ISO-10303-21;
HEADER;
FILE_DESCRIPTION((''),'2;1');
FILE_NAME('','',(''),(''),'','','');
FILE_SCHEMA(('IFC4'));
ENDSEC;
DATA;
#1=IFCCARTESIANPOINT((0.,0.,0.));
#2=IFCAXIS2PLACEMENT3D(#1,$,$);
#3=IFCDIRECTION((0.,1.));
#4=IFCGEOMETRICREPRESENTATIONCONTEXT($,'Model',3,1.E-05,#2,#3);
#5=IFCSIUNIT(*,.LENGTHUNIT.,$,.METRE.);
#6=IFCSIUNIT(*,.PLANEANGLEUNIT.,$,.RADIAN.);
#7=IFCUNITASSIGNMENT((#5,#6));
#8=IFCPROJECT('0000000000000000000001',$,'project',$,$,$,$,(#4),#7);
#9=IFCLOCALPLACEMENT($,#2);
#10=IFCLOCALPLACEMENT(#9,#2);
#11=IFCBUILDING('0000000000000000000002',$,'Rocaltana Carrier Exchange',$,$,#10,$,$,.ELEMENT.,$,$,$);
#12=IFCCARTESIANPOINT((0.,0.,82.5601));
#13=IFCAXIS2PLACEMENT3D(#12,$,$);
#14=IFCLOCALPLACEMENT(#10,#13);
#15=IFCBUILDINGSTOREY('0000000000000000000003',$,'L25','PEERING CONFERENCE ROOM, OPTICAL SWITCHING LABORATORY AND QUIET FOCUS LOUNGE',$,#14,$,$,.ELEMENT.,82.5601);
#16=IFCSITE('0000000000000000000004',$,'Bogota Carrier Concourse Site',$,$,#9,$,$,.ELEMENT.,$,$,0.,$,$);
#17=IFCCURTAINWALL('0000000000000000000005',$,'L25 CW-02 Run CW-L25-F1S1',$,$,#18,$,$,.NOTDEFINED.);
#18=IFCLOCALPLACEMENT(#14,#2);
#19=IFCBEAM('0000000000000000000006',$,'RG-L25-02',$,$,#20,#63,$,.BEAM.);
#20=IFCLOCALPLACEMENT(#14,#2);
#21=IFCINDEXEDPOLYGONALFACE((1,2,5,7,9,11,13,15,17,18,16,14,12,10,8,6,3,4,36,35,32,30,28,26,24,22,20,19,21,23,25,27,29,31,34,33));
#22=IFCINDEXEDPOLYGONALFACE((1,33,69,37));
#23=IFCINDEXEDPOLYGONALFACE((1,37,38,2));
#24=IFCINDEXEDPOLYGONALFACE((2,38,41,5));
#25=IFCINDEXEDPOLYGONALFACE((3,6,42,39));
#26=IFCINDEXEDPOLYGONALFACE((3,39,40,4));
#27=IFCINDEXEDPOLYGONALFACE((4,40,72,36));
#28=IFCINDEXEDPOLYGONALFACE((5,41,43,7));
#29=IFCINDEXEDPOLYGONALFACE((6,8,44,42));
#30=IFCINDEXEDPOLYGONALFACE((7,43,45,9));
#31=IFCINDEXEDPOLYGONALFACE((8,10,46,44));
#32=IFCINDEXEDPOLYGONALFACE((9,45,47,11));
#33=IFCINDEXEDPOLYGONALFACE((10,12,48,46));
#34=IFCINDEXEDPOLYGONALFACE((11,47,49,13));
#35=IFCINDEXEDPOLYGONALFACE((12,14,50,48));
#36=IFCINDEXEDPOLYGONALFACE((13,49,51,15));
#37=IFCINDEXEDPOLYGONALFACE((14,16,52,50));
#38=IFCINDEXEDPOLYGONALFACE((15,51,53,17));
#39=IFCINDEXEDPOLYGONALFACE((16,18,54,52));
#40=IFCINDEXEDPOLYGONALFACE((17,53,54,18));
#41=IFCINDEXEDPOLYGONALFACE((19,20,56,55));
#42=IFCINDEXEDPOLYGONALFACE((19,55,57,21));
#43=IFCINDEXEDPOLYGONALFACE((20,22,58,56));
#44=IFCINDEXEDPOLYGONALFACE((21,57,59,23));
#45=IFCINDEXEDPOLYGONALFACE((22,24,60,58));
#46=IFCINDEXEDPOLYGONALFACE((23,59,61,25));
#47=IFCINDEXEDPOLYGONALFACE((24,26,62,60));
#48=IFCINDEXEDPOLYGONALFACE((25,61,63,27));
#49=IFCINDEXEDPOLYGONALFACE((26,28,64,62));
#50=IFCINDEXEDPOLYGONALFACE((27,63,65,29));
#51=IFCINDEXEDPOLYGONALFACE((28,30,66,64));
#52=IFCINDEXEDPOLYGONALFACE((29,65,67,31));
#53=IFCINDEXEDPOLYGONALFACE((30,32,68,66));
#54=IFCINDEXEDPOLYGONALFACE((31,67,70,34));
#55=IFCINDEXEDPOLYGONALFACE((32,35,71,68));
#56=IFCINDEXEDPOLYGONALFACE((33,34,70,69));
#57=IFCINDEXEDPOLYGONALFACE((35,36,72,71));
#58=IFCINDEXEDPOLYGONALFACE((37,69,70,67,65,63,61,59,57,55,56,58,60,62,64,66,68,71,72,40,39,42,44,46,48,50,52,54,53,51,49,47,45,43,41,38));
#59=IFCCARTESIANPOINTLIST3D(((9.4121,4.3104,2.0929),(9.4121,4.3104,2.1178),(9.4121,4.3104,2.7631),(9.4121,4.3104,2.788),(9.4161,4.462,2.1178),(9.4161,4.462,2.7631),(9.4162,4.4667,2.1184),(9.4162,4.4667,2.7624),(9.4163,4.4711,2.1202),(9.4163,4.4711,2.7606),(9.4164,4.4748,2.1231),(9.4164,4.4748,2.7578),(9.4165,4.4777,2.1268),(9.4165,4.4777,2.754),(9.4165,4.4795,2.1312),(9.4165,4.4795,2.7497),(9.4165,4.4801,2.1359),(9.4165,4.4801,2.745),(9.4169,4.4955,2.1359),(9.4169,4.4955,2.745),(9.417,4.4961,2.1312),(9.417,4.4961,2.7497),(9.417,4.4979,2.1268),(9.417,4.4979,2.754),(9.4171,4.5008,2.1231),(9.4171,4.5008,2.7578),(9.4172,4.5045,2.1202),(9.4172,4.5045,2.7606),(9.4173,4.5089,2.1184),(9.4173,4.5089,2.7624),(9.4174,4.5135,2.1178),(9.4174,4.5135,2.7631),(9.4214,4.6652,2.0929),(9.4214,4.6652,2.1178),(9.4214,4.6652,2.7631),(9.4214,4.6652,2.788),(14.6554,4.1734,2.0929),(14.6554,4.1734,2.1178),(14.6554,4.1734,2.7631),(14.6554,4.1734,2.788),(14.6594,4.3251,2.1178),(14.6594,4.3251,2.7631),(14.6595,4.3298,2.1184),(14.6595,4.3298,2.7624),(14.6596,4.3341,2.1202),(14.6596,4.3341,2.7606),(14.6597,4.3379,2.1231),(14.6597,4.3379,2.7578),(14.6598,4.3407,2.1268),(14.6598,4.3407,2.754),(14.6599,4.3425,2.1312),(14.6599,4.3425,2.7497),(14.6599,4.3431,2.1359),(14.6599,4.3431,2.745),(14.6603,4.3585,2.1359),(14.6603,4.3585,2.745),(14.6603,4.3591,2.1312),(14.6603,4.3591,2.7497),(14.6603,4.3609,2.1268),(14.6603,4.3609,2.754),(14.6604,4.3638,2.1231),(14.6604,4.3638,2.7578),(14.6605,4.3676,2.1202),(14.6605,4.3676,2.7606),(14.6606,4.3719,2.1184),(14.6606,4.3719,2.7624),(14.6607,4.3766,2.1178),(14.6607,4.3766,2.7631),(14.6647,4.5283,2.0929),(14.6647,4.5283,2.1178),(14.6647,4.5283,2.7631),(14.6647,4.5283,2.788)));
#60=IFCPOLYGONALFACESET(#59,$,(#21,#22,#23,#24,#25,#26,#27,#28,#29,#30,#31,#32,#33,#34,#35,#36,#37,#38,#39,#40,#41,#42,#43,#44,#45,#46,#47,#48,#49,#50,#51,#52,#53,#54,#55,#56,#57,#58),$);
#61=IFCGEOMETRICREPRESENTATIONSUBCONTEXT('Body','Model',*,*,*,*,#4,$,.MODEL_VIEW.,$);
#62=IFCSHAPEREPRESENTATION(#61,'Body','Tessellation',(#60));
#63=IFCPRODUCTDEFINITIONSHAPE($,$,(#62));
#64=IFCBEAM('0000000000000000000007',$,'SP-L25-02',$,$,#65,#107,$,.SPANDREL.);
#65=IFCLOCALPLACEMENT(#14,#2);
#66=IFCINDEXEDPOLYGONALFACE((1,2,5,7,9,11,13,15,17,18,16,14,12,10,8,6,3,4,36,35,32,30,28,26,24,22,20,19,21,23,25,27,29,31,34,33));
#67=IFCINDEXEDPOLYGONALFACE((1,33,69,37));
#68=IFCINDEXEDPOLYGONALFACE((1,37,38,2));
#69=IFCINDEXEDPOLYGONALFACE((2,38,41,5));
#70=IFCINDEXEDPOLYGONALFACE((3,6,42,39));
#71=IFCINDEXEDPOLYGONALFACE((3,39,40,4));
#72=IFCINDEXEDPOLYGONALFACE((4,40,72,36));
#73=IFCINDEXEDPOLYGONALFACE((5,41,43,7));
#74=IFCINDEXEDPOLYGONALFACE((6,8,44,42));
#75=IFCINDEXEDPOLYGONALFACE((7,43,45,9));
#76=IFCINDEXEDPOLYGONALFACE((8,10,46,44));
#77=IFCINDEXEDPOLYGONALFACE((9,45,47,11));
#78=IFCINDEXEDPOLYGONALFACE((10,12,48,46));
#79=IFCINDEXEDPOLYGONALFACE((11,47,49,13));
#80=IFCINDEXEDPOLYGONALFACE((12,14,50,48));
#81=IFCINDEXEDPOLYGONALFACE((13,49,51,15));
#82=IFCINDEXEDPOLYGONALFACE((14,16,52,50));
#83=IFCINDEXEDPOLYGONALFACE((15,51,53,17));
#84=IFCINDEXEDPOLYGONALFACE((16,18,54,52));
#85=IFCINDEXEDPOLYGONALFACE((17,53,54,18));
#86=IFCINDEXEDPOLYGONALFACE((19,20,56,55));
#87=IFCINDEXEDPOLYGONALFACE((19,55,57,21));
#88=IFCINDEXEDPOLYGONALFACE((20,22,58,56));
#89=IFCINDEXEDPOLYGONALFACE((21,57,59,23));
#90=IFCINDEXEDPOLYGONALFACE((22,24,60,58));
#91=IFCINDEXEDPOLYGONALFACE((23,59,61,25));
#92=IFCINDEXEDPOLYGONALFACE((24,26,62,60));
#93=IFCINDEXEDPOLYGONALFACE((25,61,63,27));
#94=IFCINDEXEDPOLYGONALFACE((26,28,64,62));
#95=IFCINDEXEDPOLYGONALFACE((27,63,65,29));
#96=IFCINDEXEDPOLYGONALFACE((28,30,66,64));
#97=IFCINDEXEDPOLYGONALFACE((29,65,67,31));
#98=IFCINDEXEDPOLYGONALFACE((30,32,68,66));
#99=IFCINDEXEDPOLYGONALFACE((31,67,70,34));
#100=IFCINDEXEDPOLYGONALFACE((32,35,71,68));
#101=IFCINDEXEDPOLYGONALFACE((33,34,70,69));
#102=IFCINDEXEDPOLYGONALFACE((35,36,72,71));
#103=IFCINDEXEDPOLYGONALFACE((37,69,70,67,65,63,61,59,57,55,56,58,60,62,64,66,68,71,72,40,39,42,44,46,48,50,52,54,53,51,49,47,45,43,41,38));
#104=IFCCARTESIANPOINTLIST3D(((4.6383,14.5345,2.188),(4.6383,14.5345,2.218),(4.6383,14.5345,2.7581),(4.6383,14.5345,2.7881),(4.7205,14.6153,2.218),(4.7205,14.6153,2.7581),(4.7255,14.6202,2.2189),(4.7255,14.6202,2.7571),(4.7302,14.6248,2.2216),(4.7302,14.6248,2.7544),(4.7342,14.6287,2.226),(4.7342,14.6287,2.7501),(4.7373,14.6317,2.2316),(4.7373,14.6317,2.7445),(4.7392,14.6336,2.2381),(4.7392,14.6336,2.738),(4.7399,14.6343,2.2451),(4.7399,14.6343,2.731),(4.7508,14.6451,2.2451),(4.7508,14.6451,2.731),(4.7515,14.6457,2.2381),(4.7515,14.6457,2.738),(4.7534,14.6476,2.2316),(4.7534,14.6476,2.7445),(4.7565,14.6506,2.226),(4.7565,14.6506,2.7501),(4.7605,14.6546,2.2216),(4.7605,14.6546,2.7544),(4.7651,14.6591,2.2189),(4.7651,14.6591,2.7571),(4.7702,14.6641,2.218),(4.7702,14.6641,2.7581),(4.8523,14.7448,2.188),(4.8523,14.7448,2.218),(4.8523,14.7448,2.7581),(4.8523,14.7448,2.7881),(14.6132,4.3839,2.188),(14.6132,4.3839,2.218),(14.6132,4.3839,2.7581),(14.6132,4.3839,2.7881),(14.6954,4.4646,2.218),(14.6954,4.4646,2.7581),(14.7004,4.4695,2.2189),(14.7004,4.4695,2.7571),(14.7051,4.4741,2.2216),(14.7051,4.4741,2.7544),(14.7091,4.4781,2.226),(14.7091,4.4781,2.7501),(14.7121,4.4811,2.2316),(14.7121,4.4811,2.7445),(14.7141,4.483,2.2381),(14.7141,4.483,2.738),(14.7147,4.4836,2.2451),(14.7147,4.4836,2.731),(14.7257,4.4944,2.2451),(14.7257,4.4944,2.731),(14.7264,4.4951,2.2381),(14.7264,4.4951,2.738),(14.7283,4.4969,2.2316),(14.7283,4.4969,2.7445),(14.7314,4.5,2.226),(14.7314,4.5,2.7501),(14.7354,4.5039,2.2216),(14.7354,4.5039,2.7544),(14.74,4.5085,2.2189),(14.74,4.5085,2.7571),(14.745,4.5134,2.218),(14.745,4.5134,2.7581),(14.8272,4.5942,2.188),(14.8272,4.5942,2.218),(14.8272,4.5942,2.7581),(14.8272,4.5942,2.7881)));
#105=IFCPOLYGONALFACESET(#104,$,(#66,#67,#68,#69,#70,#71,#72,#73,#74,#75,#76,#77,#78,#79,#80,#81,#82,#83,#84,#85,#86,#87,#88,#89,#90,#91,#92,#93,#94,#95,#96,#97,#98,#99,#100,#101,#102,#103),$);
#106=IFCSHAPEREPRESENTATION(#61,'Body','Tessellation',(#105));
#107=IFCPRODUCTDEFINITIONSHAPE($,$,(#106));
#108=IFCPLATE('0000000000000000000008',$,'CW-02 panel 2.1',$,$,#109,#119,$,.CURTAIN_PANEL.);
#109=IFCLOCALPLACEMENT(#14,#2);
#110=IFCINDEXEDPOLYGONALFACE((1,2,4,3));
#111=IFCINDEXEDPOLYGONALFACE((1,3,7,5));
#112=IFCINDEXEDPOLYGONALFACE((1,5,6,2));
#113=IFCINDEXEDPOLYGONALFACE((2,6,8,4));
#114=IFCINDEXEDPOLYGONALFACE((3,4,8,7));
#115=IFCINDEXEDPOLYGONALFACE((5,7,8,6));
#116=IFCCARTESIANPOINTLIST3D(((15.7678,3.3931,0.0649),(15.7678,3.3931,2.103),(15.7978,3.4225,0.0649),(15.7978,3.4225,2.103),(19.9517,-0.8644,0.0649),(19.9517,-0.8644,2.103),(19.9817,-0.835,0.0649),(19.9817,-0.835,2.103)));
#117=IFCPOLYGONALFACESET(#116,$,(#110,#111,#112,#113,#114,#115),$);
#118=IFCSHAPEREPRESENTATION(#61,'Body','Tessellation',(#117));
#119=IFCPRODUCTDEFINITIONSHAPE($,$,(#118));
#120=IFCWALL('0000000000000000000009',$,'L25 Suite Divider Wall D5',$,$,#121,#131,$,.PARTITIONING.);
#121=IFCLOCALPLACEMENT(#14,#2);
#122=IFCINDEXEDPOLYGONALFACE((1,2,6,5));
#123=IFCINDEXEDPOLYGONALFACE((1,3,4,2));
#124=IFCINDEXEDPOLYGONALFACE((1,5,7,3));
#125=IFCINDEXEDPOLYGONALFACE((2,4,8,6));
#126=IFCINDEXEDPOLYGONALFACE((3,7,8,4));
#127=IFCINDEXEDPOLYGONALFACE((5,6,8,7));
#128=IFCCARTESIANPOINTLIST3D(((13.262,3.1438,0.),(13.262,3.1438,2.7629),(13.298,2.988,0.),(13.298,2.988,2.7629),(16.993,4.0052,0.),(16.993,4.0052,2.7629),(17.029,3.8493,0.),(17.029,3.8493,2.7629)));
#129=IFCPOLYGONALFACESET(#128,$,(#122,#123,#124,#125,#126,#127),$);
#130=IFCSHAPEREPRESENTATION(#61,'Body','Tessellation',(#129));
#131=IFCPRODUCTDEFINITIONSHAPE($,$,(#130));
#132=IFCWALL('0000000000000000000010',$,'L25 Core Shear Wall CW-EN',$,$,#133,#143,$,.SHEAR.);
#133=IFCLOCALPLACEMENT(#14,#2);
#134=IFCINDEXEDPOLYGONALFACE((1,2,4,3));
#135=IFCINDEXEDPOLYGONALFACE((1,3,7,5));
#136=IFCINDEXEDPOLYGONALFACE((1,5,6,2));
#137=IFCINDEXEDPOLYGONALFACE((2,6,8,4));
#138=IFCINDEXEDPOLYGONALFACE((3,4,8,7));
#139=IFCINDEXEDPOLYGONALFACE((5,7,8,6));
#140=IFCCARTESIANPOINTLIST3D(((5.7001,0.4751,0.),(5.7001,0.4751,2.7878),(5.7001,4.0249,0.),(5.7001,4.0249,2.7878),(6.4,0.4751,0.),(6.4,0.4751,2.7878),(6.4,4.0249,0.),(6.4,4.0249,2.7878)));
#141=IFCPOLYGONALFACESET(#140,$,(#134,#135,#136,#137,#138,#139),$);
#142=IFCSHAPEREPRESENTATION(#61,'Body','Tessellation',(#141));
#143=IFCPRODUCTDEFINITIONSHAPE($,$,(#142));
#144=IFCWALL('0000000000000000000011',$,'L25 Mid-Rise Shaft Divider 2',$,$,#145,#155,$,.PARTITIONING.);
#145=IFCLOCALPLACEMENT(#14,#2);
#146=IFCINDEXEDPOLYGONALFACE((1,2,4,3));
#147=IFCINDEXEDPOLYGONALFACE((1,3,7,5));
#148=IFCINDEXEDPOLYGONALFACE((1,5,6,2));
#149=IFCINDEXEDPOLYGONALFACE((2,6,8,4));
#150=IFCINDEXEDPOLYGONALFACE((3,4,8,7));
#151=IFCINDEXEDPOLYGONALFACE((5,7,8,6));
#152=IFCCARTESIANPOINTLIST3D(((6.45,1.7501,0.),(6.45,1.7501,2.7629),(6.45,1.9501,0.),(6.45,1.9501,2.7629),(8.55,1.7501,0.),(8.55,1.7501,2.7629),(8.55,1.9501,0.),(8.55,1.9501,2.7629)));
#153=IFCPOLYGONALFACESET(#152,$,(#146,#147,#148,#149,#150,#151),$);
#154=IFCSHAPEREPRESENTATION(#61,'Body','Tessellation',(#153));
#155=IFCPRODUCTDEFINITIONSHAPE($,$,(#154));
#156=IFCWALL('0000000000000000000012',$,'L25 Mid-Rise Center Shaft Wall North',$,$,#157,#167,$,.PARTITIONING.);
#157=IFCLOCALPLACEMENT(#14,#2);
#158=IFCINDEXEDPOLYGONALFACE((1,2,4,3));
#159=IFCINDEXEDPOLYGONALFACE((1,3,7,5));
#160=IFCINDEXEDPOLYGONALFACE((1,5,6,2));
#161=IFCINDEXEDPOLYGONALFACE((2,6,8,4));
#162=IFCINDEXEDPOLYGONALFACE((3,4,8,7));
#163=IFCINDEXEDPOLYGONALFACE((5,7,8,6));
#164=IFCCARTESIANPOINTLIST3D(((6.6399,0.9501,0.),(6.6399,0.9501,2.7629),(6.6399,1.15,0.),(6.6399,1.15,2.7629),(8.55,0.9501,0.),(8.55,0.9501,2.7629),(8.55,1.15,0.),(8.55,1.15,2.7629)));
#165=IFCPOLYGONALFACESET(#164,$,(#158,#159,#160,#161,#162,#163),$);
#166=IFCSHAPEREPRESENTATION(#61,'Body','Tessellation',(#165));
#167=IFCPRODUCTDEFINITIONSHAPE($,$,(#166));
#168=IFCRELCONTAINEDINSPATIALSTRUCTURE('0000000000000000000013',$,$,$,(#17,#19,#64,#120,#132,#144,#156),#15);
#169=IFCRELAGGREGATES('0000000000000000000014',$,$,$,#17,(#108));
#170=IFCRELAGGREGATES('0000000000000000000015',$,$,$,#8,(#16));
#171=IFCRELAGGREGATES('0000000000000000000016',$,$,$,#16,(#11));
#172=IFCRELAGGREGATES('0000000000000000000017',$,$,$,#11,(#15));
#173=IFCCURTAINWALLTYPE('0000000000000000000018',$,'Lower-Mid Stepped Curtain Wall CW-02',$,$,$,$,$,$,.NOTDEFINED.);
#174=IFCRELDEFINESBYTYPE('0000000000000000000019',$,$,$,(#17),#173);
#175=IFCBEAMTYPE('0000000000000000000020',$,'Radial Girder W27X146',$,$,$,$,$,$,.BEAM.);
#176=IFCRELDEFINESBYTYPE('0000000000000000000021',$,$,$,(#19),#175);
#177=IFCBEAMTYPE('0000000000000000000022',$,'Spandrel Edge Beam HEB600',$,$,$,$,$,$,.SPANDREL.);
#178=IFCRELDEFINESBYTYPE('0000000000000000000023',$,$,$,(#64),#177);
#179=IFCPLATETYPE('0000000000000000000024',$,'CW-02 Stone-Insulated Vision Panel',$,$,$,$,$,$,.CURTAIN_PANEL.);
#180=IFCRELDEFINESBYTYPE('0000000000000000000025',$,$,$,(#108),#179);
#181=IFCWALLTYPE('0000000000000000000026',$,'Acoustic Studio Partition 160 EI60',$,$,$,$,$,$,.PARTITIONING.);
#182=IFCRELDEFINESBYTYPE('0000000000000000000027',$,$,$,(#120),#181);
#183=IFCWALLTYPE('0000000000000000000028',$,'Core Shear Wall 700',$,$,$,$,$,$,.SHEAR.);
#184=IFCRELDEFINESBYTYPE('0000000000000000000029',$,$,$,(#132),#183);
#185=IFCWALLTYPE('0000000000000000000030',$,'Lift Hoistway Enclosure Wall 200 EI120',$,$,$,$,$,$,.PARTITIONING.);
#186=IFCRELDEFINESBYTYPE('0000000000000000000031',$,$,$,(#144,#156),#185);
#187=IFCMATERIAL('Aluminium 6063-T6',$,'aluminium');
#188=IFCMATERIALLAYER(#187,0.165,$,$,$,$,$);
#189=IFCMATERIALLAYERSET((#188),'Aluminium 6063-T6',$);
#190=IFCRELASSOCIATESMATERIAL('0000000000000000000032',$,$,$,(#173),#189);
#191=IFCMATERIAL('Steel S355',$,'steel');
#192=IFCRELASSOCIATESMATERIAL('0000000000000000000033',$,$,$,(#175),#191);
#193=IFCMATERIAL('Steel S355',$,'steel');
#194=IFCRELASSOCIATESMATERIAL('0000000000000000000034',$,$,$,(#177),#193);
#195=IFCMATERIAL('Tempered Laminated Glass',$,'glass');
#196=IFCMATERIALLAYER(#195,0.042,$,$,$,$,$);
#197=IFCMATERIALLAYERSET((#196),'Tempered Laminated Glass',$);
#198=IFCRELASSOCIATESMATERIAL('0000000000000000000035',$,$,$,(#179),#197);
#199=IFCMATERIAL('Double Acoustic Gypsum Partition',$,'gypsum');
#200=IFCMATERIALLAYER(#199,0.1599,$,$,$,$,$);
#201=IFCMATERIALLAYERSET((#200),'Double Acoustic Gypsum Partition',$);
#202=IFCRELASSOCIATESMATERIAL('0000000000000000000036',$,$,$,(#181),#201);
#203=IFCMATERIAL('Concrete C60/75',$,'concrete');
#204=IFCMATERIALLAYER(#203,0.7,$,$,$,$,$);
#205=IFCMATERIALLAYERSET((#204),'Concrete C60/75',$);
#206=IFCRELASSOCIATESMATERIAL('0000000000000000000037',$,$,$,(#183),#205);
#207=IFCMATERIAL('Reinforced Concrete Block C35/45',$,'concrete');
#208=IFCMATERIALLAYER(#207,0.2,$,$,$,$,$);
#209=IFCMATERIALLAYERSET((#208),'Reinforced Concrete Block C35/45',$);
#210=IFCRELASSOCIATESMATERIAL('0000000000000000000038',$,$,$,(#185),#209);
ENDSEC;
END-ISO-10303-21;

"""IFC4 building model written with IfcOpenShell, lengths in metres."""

from ifc_helpers import new_model, si_unit, direction, frame, frame_2d, origin, origin_2d, place, context, subcontext, project, spatial, rectangle, i_section, extrude, material, layer, layer_set, material_profile, profile_set, type_object, element, aggregate, save


model = new_model("IFC4")

# Units and contexts
model_context = context("Model", 3, precision=1e-05, world=origin(), true_north=direction((0.0, 1.0)))
body_context = subcontext(model_context, "Body", "Model", "MODEL_VIEW")
ifc_project = project(units=[si_unit("LENGTHUNIT", "METRE"), si_unit("PLANEANGLEUNIT", "RADIAN")], contexts=[model_context])

# Site, building, storey
site_placement = place(None, origin())
site = spatial("IfcSite", under=ifc_project, at=site_placement, Name="Bogota Carrier Concourse Site", CompositionType="ELEMENT", RefElevation=0.0)
building_placement = place(site_placement, origin())
building = spatial("IfcBuilding", under=site, at=building_placement, Name="Rocaltana Carrier Exchange", CompositionType="ELEMENT")
storey_placement = place(building_placement, frame((0.0, 0.0, 82.5601)))
storey = spatial("IfcBuildingStorey", under=building, at=storey_placement, Name="L25", Description="PEERING CONFERENCE ROOM, OPTICAL SWITCHING LABORATORY AND QUIET FOCUS LOUNGE", CompositionType="ELEMENT", Elevation=82.5601)

# Curtain wall
ifc_material_1 = material(Name="Aluminium 6063-T6", Category="aluminium")
ifc_layer_1 = layer(ifc_material_1, 0.165)
ifc_layer_set_1 = layer_set([ifc_layer_1], Name="Aluminium 6063-T6")
curtain_wall_type = type_object("IfcCurtainWallType", Name="Lower-Mid Stepped Curtain Wall CW-02", PredefinedType="NOTDEFINED", material=ifc_layer_set_1)
curtain_wall_placement = place(storey_placement, origin())
curtain_wall = element("IfcCurtainWall", 1, at=curtain_wall_placement, inside=storey, type_object=curtain_wall_type, Name="L25 CW-02 Run CW-L25-F1S1", PredefinedType="NOTDEFINED")

# Beams
ifc_material_2 = material(Name="Steel S355", Category="steel")
ifc_material_profile_1 = material_profile(ifc_material_2, i_section(OverallWidth=0.355, OverallDepth=0.6951, WebThickness=0.0154, FlangeThickness=0.0249, FilletRadius=0.0181, at=origin_2d()), Name="W27X146")
ifc_profile_set_1 = profile_set([ifc_material_profile_1], Name="Steel S355")
beam_type_1 = type_object("IfcBeamType", Name="Radial Girder W27X146", PredefinedType="BEAM", material=ifc_profile_set_1)
beam_1_placement = place(storey_placement, frame((9.4167, 4.4878, 2.4404), z_axis=(0.999659, -0.026112, 0.0), x_axis=(0.026112, 0.999659, 0.0)))
element("IfcBeam", 2, at=beam_1_placement, inside=storey, type_object=beam_type_1, Name="RG-L25-02", PredefinedType="BEAM", context=body_context, shape_type="SweptSolid", body=[
    extrude(i_section(OverallWidth=0.355, OverallDepth=0.6951, WebThickness=0.0154, FlangeThickness=0.0249, FilletRadius=0.0181, at=origin_2d()), origin(), (0.0, 0.0, 1.0), 5.2451),
])
ifc_material_3 = material(Name="Steel S355", Category="steel")
ifc_material_profile_2 = material_profile(ifc_material_3, i_section(OverallWidth=0.3, OverallDepth=0.6001, WebThickness=0.0154, FlangeThickness=0.03, FilletRadius=0.0271, at=origin_2d()), Name="HEB600")
ifc_profile_set_2 = profile_set([ifc_material_profile_2], Name="Steel S355")
beam_type_2 = type_object("IfcBeamType", Name="Spandrel Edge Beam HEB600", PredefinedType="SPANDREL", material=ifc_profile_set_2)
beam_2_placement = place(storey_placement, frame((14.7202, 4.489, 2.488), z_axis=(-0.700904, 0.713256, 0.0), x_axis=(-0.713256, -0.700904, 0.0)))
element("IfcBeam", 3, at=beam_2_placement, inside=storey, type_object=beam_type_2, Name="SP-L25-02", PredefinedType="SPANDREL", context=body_context, shape_type="SweptSolid", body=[
    extrude(i_section(OverallWidth=0.3, OverallDepth=0.6001, WebThickness=0.0154, FlangeThickness=0.03, FilletRadius=0.0271, at=origin_2d()), origin(), (0.0, 0.0, 1.0), 14.2314),
])

# Plate
ifc_material_4 = material(Name="Tempered Laminated Glass", Category="glass")
ifc_layer_2 = layer(ifc_material_4, 0.042)
ifc_layer_set_2 = layer_set([ifc_layer_2], Name="Tempered Laminated Glass")
plate_type = type_object("IfcPlateType", Name="CW-02 Stone-Insulated Vision Panel", PredefinedType="CURTAIN_PANEL", material=ifc_layer_set_2)
plate_placement = place(storey_placement, frame((17.8748, 1.2791, 0.0649), z_axis=(0.0, 0.0, 1.0), x_axis=(-0.700915, 0.713245, 0.0)))
plate = element("IfcPlate", 4, at=plate_placement, type_object=plate_type, Name="CW-02 panel 2.1", PredefinedType="CURTAIN_PANEL", context=body_context, shape_type="SweptSolid", body=[
    extrude(rectangle(XDim=5.9692, YDim=0.042, at=origin_2d()), origin(), (0.0, 0.0, 1.0), 2.0381),
])
aggregate(curtain_wall, [plate])

# Walls
ifc_material_5 = material(Name="Double Acoustic Gypsum Partition", Category="gypsum")
ifc_layer_3 = layer(ifc_material_5, 0.1599)
ifc_layer_set_3 = layer_set([ifc_layer_3], Name="Double Acoustic Gypsum Partition")
wall_type_1 = type_object("IfcWallType", Name="Acoustic Studio Partition 160 EI60", PredefinedType="PARTITIONING", material=ifc_layer_set_3)
wall_1_placement = place(storey_placement, frame((13.28, 3.0659, 0.0), z_axis=(0.0, 0.0, 1.0), x_axis=(0.974372, 0.224943, 0.0)))
element("IfcWall", 5, at=wall_1_placement, inside=storey, type_object=wall_type_1, Name="L25 Suite Divider Wall D5", PredefinedType="PARTITIONING", context=body_context, shape_type="SweptSolid", body=[
    extrude(rectangle(XDim=3.8291, YDim=0.1599, at=frame_2d((1.9146, 0.0))), origin(), (0.0, 0.0, 1.0), 2.7629),
])
ifc_material_6 = material(Name="Concrete C60/75", Category="concrete")
ifc_layer_4 = layer(ifc_material_6, 0.7)
ifc_layer_set_4 = layer_set([ifc_layer_4], Name="Concrete C60/75")
wall_type_2 = type_object("IfcWallType", Name="Core Shear Wall 700", PredefinedType="SHEAR", material=ifc_layer_set_4)
wall_2_placement = place(storey_placement, frame((6.05, 0.4751, 0.0), z_axis=(0.0, 0.0, 1.0), x_axis=(0.0, 1.0, 0.0)))
element("IfcWall", 6, at=wall_2_placement, inside=storey, type_object=wall_type_2, Name="L25 Core Shear Wall CW-EN", PredefinedType="SHEAR", context=body_context, shape_type="SweptSolid", body=[
    extrude(rectangle(XDim=3.5498, YDim=0.7, at=frame_2d((1.7749, 0.0))), origin(), (0.0, 0.0, 1.0), 2.7878),
])
ifc_material_7 = material(Name="Reinforced Concrete Block C35/45", Category="concrete")
ifc_layer_5 = layer(ifc_material_7, 0.2)
ifc_layer_set_5 = layer_set([ifc_layer_5], Name="Reinforced Concrete Block C35/45")
wall_type_3 = type_object("IfcWallType", Name="Lift Hoistway Enclosure Wall 200 EI120", PredefinedType="PARTITIONING", material=ifc_layer_set_5)
wall_3_placement = place(storey_placement, frame((6.45, 1.8501, 0.0), z_axis=(0.0, 0.0, 1.0), x_axis=(1.0, 0.0, 0.0)))
element("IfcWall", 7, at=wall_3_placement, inside=storey, type_object=wall_type_3, Name="L25 Mid-Rise Shaft Divider 2", PredefinedType="PARTITIONING", context=body_context, shape_type="SweptSolid", body=[
    extrude(rectangle(XDim=2.1001, YDim=0.2, at=frame_2d((1.05, 0.0))), origin(), (0.0, 0.0, 1.0), 2.7629),
])
wall_4_placement = place(storey_placement, frame((6.6399, 1.05, 0.0), z_axis=(0.0, 0.0, 1.0), x_axis=(1.0, 0.0, 0.0)))
element("IfcWall", 8, at=wall_4_placement, inside=storey, type_object=wall_type_3, Name="L25 Mid-Rise Center Shaft Wall North", PredefinedType="PARTITIONING", context=body_context, shape_type="SweptSolid", body=[
    extrude(rectangle(XDim=1.9102, YDim=0.2, at=frame_2d((0.9551, 0.0))), origin(), (0.0, 0.0, 1.0), 2.7629),
])

save(model, "model.ifc")
